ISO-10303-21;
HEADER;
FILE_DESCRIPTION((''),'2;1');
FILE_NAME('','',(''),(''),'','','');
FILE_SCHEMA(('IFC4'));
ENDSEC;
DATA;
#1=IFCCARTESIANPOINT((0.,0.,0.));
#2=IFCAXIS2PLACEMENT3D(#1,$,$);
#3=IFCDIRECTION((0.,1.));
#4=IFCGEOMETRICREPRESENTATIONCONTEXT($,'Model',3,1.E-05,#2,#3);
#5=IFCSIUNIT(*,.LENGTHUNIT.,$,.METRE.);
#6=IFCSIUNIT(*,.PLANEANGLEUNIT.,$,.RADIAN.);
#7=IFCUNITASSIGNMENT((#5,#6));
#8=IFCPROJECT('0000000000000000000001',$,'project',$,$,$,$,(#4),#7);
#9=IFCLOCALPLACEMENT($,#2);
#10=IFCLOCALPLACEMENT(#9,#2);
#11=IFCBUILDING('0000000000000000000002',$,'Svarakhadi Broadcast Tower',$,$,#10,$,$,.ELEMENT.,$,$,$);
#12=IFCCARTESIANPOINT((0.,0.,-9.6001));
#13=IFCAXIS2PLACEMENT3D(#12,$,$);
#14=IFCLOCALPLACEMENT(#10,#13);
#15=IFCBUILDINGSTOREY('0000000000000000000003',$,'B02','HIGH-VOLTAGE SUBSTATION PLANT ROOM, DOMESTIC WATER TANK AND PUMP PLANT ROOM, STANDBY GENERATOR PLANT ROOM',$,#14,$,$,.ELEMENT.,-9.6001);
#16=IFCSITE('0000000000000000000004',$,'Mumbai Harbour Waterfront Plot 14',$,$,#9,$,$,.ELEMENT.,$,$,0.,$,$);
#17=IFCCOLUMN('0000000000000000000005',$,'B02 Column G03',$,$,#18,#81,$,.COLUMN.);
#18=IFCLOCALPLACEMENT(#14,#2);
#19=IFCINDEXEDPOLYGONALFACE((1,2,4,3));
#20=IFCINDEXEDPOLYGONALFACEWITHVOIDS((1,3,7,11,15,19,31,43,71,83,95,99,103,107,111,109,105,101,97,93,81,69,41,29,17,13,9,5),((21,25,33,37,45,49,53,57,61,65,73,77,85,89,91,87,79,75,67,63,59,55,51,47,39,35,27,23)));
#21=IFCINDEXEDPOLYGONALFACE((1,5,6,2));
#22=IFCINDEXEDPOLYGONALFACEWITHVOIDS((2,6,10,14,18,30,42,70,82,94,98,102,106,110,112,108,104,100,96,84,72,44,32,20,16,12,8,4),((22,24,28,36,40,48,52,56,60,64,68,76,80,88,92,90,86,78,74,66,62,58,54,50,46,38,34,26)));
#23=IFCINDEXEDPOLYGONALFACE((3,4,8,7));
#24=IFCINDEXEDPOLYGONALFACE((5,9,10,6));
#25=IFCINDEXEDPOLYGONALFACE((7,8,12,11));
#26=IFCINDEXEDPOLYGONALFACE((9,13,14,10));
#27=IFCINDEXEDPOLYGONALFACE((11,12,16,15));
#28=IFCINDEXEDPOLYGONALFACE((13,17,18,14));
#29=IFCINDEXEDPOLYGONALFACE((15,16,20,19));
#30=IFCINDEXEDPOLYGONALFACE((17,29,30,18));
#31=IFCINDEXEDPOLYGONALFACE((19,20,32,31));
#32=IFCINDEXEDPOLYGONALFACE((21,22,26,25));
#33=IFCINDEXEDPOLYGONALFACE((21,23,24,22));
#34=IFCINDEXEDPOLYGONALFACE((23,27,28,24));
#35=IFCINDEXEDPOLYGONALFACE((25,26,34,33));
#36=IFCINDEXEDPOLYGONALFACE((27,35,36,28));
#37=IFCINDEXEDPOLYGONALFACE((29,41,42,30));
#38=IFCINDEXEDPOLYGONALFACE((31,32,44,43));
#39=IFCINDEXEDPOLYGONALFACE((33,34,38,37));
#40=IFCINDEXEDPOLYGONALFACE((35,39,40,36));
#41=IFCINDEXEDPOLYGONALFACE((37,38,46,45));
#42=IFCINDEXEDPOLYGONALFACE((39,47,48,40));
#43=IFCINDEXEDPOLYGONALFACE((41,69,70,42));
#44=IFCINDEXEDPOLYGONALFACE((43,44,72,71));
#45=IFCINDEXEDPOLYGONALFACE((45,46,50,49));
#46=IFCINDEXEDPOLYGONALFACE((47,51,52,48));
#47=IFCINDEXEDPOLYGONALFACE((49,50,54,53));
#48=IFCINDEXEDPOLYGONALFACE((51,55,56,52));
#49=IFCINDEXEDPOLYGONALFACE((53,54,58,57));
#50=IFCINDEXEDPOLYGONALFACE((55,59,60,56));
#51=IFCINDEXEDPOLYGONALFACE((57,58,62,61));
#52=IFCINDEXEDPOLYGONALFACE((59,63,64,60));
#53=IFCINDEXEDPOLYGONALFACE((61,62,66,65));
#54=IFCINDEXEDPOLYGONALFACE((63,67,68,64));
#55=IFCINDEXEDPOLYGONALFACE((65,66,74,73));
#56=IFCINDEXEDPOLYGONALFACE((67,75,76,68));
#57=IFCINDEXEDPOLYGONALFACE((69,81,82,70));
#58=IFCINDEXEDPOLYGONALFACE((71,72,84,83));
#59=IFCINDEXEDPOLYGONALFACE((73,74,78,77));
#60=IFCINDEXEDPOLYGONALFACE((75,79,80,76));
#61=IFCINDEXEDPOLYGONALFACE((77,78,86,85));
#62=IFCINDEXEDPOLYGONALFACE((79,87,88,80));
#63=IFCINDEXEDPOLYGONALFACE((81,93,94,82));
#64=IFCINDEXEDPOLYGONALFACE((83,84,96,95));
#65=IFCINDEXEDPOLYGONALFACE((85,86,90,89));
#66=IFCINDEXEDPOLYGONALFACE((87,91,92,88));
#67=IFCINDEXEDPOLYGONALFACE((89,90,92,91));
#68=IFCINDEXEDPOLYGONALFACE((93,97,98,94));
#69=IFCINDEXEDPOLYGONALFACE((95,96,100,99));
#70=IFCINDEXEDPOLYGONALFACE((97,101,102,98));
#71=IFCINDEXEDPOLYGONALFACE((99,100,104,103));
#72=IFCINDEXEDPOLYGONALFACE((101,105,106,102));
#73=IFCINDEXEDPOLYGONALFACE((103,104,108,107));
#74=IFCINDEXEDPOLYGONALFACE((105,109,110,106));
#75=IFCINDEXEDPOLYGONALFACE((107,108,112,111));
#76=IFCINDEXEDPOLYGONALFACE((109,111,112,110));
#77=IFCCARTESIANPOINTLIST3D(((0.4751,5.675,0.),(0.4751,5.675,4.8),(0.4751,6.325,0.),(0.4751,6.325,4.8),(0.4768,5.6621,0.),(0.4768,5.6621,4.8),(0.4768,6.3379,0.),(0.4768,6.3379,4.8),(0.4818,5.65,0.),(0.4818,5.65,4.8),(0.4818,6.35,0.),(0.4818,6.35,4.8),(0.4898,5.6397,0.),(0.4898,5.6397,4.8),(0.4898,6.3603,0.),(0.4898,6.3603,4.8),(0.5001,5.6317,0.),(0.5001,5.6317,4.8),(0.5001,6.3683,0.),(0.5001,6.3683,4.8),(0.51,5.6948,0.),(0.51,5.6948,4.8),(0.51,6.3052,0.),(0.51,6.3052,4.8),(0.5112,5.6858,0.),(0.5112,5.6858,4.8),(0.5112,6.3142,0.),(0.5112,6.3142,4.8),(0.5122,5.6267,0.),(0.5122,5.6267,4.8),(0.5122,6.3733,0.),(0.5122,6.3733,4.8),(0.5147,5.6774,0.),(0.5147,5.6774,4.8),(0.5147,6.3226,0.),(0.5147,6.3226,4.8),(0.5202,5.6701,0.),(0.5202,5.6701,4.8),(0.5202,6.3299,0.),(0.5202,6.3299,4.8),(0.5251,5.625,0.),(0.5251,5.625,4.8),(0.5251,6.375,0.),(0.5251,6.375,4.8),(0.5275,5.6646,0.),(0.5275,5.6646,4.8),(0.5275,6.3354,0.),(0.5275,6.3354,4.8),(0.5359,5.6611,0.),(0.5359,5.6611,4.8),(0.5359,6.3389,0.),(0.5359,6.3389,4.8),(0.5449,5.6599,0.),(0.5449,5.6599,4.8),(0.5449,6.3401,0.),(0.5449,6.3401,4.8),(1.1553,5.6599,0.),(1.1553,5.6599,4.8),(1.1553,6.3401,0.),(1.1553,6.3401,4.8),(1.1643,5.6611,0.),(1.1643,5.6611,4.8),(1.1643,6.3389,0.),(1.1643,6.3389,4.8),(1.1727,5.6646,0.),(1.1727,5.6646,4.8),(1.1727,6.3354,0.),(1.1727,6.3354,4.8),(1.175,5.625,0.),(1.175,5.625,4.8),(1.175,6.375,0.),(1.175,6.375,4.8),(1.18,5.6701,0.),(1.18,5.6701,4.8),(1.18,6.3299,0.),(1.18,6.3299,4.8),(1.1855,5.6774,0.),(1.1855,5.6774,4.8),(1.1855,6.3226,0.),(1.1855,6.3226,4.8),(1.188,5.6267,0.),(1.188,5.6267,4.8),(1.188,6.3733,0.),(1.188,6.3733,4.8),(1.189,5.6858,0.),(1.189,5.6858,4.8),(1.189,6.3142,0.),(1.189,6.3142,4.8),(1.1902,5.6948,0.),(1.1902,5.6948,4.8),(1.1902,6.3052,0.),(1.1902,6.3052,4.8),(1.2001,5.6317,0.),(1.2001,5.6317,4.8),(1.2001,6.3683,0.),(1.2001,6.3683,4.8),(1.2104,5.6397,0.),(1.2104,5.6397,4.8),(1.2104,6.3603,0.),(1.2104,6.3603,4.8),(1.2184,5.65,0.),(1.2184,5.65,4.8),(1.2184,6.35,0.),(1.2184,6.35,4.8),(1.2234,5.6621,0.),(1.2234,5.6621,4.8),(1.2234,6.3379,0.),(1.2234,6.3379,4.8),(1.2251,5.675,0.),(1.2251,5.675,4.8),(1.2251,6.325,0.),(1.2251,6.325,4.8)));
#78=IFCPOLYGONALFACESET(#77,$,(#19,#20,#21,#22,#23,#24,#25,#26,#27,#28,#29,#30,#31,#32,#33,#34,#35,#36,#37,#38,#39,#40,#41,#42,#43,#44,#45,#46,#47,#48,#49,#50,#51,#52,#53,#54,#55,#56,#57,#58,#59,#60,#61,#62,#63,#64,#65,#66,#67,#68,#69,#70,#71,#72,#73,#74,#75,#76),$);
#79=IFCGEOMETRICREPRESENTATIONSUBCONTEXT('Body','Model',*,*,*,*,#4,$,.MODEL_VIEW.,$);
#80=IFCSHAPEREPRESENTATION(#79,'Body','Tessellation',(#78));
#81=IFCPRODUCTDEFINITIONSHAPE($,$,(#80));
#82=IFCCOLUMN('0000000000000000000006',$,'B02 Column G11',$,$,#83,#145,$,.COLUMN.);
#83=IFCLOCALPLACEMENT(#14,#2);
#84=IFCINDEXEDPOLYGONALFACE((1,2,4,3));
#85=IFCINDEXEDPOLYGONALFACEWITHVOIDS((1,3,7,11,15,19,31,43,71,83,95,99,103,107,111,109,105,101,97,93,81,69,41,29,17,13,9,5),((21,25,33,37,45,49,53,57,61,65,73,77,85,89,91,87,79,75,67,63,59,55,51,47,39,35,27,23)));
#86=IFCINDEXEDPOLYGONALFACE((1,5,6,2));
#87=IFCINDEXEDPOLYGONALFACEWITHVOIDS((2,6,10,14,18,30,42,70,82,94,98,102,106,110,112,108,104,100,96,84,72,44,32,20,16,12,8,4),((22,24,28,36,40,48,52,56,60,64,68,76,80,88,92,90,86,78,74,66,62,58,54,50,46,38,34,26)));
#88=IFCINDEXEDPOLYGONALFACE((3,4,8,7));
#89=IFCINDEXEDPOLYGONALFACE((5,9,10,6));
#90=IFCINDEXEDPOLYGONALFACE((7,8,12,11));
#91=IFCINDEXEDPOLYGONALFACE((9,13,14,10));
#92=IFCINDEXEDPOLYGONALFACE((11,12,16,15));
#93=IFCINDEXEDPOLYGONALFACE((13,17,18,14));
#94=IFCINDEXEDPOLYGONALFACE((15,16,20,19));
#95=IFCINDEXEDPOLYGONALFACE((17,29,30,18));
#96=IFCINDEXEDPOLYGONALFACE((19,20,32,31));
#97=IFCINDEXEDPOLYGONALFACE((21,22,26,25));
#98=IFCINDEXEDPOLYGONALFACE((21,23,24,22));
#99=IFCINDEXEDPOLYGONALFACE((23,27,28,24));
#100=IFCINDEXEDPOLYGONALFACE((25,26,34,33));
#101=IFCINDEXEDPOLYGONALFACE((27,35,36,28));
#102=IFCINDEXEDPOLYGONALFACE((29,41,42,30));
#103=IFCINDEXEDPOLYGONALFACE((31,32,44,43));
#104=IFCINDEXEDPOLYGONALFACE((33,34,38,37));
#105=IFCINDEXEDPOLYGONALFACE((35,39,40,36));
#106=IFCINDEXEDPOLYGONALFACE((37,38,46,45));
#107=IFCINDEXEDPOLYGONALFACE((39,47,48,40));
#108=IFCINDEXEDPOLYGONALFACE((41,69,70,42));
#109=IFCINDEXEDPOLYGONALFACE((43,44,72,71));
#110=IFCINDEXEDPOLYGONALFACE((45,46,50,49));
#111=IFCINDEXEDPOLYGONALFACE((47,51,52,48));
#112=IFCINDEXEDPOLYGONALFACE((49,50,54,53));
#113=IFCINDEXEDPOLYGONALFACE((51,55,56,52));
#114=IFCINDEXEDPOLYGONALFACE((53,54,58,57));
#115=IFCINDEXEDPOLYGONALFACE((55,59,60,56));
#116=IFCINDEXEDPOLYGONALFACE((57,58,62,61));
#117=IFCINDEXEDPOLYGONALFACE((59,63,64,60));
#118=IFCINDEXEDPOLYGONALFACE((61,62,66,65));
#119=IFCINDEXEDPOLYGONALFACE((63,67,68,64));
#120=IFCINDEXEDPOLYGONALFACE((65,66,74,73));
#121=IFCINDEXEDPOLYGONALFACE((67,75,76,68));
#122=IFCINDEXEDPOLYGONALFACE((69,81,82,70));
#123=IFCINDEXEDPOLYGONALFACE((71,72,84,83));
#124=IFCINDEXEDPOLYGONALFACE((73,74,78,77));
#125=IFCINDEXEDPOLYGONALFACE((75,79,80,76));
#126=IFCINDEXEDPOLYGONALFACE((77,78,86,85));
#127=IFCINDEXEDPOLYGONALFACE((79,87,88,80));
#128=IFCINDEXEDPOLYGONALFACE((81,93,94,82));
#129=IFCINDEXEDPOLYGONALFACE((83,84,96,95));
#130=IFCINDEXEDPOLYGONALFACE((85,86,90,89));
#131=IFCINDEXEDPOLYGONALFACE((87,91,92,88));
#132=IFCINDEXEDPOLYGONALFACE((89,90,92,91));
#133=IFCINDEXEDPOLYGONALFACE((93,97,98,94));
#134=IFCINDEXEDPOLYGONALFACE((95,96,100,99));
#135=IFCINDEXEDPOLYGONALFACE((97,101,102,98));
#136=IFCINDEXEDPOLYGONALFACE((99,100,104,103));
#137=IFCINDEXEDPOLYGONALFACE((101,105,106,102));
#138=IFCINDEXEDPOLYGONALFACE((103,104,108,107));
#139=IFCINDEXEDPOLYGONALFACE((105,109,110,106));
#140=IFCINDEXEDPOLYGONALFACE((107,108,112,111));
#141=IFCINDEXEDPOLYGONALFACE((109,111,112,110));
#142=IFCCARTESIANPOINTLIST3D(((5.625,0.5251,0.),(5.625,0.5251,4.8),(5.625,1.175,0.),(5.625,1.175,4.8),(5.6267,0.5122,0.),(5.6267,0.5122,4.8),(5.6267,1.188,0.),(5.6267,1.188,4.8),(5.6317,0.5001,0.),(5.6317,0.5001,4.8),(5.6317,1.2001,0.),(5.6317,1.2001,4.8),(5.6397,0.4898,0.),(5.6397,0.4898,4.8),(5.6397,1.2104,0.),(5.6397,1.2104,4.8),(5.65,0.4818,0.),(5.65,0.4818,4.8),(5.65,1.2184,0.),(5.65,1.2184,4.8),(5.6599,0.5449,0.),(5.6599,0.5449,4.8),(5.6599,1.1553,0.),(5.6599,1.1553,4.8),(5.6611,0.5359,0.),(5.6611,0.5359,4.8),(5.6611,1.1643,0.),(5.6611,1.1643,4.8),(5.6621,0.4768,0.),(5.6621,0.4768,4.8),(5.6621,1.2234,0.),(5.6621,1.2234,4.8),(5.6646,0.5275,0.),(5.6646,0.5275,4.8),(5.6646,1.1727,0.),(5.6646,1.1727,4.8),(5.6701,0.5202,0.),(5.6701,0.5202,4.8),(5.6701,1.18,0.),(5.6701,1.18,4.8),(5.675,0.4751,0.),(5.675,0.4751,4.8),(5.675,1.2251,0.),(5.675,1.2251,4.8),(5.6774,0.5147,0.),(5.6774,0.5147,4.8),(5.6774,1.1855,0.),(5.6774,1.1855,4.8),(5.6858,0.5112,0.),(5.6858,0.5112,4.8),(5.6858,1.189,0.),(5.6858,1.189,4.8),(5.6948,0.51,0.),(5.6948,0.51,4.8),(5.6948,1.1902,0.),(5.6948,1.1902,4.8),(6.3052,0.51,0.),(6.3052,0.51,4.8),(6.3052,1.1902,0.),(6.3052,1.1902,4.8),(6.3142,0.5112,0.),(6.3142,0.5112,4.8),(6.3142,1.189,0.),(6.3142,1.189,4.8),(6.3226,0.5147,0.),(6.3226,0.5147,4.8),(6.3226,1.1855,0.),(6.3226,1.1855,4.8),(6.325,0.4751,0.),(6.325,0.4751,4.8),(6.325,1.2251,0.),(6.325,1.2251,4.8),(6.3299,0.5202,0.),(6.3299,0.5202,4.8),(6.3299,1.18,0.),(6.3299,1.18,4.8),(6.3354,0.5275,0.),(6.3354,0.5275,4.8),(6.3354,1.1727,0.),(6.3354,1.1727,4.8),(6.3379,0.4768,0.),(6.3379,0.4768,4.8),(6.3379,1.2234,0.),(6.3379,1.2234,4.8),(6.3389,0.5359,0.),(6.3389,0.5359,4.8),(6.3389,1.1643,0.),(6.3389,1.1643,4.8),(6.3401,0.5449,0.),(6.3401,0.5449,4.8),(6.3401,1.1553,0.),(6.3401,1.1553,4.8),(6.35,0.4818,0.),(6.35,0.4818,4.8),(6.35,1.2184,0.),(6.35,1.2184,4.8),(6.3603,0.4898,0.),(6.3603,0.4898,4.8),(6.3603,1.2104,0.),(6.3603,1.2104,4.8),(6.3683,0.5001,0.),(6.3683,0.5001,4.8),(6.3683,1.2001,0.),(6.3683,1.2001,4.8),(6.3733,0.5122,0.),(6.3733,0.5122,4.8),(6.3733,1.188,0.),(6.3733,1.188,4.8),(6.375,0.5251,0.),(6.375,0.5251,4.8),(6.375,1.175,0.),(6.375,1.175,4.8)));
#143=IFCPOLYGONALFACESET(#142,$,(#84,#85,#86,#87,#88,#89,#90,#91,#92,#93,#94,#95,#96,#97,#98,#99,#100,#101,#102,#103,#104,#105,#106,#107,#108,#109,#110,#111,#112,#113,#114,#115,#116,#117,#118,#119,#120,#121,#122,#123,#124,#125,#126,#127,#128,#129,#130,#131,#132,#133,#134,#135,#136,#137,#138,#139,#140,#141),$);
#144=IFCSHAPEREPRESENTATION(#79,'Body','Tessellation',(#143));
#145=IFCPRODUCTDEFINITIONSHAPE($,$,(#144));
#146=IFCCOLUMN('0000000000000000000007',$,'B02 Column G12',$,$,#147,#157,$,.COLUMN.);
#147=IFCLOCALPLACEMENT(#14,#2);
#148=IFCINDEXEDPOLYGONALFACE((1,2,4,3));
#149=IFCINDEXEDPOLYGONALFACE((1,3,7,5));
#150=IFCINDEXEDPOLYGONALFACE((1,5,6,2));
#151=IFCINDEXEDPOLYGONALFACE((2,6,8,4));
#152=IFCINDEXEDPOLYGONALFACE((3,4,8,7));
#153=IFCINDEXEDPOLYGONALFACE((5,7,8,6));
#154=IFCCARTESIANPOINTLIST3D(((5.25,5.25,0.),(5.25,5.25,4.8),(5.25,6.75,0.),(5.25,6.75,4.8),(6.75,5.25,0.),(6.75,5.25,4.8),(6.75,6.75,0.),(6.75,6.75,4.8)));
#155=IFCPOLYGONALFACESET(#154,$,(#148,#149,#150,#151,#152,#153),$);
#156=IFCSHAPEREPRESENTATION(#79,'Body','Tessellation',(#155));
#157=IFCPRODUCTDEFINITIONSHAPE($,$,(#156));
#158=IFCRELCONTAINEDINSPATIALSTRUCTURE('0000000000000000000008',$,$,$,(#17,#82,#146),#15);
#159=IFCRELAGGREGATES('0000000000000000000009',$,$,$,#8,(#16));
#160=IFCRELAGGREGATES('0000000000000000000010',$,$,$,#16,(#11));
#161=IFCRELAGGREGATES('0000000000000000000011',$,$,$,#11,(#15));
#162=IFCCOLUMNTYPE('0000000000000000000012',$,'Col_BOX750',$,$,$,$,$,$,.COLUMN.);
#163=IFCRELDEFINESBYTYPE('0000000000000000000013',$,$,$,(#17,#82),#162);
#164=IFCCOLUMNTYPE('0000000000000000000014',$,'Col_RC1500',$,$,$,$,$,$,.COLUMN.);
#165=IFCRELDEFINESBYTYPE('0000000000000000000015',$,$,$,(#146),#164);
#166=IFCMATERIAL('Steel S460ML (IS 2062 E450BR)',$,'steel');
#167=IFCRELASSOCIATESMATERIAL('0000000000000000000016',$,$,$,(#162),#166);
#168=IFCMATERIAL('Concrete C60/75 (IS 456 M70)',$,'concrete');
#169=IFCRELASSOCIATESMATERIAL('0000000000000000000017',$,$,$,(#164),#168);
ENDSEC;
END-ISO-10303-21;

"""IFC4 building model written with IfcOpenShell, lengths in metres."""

from ifc_helpers import new_model, si_unit, direction, frame, origin, origin_2d, place, context, subcontext, project, spatial, rectangle, hollow_rectangle, extrude, material, material_profile, profile_set, type_object, element, save


model = new_model("IFC4")

# Units and contexts
model_context = context("Model", 3, precision=1e-05, world=origin(), true_north=direction((0.0, 1.0)))
body_context = subcontext(model_context, "Body", "Model", "MODEL_VIEW")
ifc_project = project(units=[si_unit("LENGTHUNIT", "METRE"), si_unit("PLANEANGLEUNIT", "RADIAN")], contexts=[model_context])

# Site, building, storey
site_placement = place(None, origin())
site = spatial("IfcSite", under=ifc_project, at=site_placement, Name="Mumbai Harbour Waterfront Plot 14", CompositionType="ELEMENT", RefElevation=0.0)
building_placement = place(site_placement, origin())
building = spatial("IfcBuilding", under=site, at=building_placement, Name="Svarakhadi Broadcast Tower", CompositionType="ELEMENT")
storey_placement = place(building_placement, frame((0.0, 0.0, -9.6001)))
storey = spatial("IfcBuildingStorey", under=building, at=storey_placement, Name="B02", Description="HIGH-VOLTAGE SUBSTATION PLANT ROOM, DOMESTIC WATER TANK AND PUMP PLANT ROOM, STANDBY GENERATOR PLANT ROOM", CompositionType="ELEMENT", Elevation=-9.6001)

# Columns
ifc_material_1 = material(Name="Steel S460ML (IS 2062 E450BR)", Category="steel")
ifc_material_profile_1 = material_profile(ifc_material_1, hollow_rectangle(XDim=0.75, YDim=0.75, WallThickness=0.0349, InnerFilletRadius=0.0349, OuterFilletRadius=0.05, at=origin_2d()), Name="BOX 750x750x35")
ifc_profile_set_1 = profile_set([ifc_material_profile_1], Name="Steel S460ML (IS 2062 E450BR)")
column_type_1 = type_object("IfcColumnType", Name="Col_BOX750", PredefinedType="COLUMN", material=ifc_profile_set_1)
for number, where, z_axis, x_axis, name in (
    (1, (0.8501, 6.0, 0.0), (0.0, 0.0, 1.0), (1.0, 0.0, 0.0), "B02 Column G03"),
    (2, (6.0, 0.8501, 0.0), (0.0, 0.0, 1.0), (1.0, 0.0, 0.0), "B02 Column G11"),
):
    element("IfcColumn", number, at=place(storey_placement, frame(where, z_axis=z_axis, x_axis=x_axis)), inside=storey, type_object=column_type_1, Name=name, PredefinedType="COLUMN", context=body_context, shape_type="SweptSolid", body=[
        extrude(hollow_rectangle(XDim=0.75, YDim=0.75, WallThickness=0.0349, InnerFilletRadius=0.0349, OuterFilletRadius=0.05, at=origin_2d()), origin(), (0.0, 0.0, 1.0), 4.8),
    ])
ifc_material_2 = material(Name="Concrete C60/75 (IS 456 M70)", Category="concrete")
ifc_material_profile_2 = material_profile(ifc_material_2, rectangle(XDim=1.5, YDim=1.5, at=origin_2d()), Name="RC 1500x1500")
ifc_profile_set_2 = profile_set([ifc_material_profile_2], Name="Concrete C60/75 (IS 456 M70)")
column_type_2 = type_object("IfcColumnType", Name="Col_RC1500", PredefinedType="COLUMN", material=ifc_profile_set_2)
column_placement = place(storey_placement, frame((6.0, 6.0, 0.0), z_axis=(0.0, 0.0, 1.0), x_axis=(1.0, 0.0, 0.0)))
element("IfcColumn", 3, at=column_placement, inside=storey, type_object=column_type_2, Name="B02 Column G12", PredefinedType="COLUMN", context=body_context, shape_type="SweptSolid", body=[
    extrude(rectangle(XDim=1.5, YDim=1.5, at=origin_2d()), origin(), (0.0, 0.0, 1.0), 4.8),
])

save(model, "model.ifc")
